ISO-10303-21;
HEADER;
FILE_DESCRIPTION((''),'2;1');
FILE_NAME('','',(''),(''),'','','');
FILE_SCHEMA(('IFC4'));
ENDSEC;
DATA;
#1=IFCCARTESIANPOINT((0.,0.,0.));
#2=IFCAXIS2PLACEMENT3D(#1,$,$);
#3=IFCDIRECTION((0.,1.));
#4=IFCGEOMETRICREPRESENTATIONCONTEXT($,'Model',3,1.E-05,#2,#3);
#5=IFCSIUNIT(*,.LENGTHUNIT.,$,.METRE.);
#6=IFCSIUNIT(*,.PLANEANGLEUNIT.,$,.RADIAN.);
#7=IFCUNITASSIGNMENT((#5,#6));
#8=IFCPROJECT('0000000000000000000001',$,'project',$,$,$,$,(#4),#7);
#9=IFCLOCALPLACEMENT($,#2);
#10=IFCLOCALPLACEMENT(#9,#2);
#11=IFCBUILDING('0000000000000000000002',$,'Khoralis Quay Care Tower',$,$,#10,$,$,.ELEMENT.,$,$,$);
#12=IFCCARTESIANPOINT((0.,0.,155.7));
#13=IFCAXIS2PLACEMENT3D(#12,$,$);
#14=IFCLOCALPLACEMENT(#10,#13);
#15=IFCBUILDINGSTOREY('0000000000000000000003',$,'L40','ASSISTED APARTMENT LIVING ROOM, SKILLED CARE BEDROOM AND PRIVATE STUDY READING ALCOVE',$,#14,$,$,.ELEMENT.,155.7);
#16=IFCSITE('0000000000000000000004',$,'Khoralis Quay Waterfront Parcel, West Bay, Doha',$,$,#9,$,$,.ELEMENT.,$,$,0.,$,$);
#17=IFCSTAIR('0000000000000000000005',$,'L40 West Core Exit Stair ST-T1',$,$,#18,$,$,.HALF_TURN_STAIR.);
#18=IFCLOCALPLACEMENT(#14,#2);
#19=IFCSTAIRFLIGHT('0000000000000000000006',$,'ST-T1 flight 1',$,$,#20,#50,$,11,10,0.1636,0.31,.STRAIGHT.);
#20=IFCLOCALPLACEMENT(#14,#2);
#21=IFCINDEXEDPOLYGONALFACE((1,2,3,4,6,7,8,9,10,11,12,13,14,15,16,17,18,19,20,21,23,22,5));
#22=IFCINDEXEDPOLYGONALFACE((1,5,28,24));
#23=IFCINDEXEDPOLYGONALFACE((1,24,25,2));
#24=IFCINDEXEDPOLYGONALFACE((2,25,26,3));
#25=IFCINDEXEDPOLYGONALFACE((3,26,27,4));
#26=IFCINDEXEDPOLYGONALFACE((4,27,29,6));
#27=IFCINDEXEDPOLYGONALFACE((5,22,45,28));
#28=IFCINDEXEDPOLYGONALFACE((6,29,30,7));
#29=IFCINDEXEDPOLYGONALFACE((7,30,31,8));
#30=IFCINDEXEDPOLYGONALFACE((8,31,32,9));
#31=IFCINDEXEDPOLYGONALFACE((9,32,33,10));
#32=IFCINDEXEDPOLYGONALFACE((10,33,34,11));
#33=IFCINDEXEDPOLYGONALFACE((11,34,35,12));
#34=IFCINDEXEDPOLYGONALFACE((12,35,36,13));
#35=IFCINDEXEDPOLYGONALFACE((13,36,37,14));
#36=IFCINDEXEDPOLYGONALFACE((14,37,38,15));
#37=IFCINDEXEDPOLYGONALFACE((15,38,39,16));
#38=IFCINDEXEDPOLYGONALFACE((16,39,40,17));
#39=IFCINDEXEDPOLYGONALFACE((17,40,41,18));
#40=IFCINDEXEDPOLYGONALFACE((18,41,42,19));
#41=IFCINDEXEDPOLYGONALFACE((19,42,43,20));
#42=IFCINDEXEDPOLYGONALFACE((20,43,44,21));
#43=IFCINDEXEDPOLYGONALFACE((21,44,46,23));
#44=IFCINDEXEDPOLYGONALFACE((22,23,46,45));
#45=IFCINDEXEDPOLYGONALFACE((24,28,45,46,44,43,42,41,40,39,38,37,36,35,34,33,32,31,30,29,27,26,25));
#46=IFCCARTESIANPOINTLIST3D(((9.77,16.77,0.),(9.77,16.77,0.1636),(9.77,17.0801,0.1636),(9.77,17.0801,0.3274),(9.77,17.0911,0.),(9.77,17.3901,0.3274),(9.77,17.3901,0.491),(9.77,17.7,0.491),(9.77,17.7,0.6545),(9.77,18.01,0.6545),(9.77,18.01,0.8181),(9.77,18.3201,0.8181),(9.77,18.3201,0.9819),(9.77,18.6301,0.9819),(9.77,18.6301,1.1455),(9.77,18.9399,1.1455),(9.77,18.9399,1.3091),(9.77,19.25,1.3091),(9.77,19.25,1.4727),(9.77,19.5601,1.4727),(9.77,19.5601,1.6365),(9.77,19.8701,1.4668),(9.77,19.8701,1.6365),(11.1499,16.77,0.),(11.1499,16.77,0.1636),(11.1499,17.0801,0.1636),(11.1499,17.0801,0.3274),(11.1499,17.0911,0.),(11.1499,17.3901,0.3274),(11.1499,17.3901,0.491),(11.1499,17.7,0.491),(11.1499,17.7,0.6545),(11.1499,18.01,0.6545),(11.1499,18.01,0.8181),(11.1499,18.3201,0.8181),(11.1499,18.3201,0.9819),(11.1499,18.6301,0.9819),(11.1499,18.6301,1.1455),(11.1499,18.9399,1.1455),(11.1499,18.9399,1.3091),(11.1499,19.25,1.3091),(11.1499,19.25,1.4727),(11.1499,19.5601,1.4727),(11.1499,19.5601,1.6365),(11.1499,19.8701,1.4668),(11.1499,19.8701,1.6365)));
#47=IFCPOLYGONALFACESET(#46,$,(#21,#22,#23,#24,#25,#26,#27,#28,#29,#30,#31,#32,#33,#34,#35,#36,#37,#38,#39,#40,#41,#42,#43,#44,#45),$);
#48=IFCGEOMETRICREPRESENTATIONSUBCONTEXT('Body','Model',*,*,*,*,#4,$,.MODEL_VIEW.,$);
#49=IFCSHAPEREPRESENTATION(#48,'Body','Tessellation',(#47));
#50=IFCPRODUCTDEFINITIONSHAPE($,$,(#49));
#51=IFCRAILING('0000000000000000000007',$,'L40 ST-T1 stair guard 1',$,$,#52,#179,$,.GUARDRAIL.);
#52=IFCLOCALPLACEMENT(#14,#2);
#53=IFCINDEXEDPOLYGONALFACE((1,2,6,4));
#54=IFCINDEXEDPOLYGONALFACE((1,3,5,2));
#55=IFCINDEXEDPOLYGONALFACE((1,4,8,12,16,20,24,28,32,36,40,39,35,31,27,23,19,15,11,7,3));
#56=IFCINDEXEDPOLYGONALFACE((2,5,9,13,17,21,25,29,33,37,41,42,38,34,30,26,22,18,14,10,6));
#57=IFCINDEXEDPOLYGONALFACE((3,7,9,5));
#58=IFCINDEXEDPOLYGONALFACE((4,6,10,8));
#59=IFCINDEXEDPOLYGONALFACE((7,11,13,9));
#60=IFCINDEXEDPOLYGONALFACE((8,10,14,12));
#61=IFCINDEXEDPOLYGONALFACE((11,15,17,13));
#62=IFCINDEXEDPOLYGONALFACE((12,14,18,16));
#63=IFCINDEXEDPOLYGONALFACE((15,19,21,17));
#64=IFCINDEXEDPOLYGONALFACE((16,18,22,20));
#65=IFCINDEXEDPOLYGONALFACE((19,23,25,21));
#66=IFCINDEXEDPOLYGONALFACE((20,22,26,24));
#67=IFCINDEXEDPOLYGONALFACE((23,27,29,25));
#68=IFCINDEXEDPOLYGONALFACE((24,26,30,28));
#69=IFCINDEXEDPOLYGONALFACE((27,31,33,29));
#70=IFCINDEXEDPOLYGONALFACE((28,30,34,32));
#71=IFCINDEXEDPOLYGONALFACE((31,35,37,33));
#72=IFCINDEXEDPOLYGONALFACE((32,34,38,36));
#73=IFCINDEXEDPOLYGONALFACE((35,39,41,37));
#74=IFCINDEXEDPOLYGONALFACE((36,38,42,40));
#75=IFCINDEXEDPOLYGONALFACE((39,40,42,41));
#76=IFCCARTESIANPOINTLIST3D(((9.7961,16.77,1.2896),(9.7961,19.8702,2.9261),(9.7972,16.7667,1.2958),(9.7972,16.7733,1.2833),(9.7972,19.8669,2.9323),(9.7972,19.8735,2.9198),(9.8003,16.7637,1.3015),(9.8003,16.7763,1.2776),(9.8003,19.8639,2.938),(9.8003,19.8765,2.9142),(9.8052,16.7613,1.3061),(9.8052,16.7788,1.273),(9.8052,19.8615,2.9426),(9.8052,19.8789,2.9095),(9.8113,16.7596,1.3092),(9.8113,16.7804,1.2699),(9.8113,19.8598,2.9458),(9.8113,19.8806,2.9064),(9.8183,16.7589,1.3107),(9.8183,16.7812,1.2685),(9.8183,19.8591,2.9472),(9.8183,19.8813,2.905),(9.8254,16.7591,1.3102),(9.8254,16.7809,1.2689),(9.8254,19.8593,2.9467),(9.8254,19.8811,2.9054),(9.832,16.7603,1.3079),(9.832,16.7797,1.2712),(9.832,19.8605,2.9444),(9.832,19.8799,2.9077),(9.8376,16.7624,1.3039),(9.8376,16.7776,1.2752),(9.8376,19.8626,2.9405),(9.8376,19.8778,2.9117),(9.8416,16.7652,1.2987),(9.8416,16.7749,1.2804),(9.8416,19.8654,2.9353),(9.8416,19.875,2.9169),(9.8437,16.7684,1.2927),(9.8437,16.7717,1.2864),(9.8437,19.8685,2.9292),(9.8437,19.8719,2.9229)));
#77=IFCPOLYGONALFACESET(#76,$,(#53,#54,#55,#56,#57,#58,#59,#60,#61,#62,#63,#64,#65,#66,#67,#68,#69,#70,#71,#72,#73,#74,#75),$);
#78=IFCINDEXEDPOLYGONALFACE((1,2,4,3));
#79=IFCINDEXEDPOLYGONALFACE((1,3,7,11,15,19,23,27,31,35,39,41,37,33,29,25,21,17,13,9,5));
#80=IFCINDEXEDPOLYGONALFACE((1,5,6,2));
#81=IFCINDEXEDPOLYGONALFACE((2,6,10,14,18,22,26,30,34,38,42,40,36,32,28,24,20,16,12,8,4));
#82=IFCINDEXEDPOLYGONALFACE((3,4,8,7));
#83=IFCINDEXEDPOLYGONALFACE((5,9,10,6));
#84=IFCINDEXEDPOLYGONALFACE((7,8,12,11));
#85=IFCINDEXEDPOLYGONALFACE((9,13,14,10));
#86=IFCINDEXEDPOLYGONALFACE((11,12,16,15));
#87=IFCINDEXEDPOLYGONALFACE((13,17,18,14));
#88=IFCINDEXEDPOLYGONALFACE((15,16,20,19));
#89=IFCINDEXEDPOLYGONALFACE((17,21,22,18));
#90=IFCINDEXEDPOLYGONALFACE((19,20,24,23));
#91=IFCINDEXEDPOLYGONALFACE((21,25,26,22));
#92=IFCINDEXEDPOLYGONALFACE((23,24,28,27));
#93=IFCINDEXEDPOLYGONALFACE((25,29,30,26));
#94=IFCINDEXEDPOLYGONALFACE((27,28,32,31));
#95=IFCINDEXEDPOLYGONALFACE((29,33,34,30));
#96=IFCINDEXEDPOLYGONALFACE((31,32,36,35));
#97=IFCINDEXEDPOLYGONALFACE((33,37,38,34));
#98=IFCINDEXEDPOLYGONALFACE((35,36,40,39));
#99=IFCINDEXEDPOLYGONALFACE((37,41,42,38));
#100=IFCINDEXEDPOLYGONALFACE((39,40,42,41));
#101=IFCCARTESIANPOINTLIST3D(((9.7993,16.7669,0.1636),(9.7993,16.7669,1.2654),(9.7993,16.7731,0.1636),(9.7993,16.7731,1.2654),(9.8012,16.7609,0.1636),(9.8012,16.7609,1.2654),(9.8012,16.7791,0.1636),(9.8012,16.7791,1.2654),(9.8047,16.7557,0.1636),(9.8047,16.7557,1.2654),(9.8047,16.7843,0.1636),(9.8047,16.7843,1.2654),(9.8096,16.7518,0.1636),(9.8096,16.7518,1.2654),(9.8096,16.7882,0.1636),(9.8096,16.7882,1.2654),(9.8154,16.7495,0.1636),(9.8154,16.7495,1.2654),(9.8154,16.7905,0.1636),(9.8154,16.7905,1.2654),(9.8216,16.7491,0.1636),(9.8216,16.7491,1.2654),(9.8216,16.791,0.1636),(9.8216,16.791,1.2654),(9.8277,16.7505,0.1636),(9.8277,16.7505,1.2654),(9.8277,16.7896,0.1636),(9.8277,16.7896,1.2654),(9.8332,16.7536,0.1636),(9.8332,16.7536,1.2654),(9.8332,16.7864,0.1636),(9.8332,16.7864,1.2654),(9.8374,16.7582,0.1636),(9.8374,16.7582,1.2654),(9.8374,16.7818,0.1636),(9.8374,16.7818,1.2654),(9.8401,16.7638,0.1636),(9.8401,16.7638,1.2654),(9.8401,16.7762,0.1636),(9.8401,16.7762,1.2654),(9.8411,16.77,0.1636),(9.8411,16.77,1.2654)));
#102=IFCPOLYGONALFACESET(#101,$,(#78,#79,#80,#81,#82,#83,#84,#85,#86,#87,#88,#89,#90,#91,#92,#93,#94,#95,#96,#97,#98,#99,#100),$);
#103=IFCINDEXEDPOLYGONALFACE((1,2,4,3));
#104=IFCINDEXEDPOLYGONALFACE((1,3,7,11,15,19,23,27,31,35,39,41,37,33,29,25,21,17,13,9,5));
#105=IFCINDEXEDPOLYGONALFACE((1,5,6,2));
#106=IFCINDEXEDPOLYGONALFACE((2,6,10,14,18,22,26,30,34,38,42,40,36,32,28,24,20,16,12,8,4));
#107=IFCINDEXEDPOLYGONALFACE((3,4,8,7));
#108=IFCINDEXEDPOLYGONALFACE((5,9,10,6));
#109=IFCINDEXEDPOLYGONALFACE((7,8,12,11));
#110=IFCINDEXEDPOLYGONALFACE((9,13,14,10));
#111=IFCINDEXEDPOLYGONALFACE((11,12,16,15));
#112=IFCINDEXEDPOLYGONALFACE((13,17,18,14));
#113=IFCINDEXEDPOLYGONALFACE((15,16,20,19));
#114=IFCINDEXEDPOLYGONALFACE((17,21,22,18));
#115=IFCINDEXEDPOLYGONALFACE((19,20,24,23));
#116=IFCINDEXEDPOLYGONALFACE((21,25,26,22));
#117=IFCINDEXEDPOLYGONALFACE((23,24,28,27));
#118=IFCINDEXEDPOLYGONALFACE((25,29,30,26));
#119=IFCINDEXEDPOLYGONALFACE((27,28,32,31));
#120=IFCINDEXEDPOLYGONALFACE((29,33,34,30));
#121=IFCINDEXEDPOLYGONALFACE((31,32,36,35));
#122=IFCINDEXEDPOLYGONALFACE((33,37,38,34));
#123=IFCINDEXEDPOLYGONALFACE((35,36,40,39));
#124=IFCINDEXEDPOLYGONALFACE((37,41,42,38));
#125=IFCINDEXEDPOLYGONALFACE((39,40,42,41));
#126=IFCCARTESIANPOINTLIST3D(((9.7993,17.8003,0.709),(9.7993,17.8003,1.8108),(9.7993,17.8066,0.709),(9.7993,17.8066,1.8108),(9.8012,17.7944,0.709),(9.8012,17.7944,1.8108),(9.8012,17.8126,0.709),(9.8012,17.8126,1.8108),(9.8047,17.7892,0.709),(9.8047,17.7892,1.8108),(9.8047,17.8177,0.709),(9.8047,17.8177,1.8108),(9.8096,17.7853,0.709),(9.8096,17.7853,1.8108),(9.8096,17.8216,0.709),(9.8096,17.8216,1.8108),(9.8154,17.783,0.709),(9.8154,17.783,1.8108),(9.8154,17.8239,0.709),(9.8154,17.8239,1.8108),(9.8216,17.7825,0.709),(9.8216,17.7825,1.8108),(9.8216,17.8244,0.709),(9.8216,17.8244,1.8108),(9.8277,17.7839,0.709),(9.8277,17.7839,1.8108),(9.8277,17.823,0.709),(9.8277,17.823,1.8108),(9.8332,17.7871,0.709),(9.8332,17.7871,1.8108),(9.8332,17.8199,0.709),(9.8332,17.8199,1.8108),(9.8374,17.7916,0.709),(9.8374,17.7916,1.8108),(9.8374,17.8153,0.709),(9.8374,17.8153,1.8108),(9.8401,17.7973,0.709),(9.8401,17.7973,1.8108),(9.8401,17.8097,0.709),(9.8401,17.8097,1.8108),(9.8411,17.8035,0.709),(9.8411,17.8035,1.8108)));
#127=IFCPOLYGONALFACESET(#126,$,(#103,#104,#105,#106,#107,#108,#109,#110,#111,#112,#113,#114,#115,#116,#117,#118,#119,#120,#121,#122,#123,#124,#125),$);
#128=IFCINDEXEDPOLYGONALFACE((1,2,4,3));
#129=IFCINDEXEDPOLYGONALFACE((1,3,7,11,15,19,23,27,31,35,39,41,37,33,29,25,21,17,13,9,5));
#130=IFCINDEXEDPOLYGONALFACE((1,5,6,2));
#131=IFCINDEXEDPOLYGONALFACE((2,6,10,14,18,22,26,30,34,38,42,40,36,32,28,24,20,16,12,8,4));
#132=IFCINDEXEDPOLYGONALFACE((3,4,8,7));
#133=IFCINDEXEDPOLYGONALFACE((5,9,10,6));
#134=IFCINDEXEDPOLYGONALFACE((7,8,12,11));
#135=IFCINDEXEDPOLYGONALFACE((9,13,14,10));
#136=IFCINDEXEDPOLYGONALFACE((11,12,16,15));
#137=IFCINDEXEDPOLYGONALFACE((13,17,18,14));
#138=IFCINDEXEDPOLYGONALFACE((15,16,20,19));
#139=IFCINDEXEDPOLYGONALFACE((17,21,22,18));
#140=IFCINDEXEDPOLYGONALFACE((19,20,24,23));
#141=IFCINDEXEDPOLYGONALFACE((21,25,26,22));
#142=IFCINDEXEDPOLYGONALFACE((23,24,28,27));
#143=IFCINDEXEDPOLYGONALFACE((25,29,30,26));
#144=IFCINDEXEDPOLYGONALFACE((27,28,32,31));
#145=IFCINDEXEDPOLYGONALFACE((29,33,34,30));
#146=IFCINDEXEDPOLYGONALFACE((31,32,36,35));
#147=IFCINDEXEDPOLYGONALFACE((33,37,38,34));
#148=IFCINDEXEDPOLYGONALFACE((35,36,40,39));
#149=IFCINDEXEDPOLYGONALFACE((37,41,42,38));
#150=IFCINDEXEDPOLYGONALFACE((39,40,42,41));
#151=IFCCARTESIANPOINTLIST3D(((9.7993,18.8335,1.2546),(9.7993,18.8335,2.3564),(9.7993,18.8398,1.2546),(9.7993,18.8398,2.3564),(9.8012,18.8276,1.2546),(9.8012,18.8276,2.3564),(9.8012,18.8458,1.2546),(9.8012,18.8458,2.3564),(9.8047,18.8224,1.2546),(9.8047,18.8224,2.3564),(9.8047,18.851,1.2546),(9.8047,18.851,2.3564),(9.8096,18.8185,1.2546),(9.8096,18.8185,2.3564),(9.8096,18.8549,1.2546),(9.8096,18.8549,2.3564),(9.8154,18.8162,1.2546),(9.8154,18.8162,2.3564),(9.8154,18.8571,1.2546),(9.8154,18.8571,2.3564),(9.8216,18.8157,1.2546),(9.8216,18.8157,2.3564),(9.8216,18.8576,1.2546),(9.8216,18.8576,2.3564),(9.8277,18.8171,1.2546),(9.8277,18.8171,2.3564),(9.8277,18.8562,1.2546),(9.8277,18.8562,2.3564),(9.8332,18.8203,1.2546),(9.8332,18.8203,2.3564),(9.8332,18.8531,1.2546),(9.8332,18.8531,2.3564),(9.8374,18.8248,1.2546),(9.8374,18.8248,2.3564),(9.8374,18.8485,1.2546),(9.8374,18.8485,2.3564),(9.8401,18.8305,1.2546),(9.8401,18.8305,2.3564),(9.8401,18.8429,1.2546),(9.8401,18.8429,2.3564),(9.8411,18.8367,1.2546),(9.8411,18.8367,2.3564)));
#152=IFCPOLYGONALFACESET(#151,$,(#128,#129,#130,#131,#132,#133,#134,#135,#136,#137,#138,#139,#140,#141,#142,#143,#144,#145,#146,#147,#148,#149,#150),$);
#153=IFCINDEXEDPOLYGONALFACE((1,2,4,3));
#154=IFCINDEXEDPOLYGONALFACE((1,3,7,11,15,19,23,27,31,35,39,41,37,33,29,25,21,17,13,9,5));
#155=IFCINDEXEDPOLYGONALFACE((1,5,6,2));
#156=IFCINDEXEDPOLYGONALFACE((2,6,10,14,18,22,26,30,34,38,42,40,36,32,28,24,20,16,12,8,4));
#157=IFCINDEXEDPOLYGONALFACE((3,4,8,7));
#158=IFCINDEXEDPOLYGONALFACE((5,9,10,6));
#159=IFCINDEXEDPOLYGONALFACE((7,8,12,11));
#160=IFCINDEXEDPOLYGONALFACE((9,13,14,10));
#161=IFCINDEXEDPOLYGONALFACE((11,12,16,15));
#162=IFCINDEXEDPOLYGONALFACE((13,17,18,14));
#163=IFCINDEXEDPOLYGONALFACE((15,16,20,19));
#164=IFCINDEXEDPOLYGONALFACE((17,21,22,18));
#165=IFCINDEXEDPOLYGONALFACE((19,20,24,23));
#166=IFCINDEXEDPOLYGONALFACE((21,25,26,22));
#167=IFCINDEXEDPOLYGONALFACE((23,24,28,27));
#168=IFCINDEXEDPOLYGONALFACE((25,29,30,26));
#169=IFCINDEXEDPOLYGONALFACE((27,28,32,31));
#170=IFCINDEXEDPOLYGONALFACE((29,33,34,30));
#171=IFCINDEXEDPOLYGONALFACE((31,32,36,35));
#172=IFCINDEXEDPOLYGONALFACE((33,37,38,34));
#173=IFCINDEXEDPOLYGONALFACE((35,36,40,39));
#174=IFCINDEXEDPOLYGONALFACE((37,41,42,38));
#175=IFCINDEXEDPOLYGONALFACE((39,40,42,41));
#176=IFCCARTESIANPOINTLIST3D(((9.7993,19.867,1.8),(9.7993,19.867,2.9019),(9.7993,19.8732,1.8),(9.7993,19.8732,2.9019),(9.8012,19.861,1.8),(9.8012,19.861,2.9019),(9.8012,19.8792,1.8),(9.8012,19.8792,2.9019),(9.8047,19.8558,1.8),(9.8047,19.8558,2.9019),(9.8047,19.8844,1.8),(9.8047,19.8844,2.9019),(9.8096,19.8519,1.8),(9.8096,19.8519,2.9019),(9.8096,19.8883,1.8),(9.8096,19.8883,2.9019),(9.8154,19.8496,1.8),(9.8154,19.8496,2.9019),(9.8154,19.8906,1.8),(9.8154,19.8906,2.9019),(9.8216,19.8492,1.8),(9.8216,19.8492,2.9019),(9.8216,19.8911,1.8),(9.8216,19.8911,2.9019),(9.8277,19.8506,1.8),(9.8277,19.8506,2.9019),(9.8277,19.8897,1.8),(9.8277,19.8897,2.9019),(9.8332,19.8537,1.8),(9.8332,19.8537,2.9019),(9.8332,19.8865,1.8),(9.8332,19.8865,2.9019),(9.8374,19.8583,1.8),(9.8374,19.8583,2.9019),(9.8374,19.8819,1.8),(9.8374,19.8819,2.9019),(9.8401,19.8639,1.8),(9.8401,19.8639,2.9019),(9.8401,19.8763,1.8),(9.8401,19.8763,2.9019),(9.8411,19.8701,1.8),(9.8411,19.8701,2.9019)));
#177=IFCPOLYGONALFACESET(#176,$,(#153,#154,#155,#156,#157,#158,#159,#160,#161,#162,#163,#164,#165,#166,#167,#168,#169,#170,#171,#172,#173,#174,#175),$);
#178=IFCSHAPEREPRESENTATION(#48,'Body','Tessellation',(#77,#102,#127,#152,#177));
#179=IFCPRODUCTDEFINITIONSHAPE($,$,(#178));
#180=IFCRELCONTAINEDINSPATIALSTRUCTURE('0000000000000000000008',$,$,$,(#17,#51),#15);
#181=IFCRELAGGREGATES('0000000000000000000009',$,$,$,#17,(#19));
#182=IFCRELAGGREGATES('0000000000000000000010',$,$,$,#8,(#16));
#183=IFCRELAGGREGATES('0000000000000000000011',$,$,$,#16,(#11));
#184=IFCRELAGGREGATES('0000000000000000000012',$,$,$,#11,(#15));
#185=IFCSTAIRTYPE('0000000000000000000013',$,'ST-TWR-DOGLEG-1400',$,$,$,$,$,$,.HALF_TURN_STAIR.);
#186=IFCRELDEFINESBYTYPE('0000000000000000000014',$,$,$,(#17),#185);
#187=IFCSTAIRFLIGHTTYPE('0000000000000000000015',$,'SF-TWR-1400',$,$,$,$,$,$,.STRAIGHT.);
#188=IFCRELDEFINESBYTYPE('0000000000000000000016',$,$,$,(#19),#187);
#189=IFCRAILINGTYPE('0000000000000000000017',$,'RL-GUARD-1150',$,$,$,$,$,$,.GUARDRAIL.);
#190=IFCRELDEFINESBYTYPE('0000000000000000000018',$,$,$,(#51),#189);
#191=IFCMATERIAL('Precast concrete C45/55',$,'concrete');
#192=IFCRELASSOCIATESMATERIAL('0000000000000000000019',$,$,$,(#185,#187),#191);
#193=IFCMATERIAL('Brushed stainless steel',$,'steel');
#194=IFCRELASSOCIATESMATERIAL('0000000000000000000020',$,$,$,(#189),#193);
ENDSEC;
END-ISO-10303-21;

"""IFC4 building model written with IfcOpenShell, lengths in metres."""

from ifc_helpers import new_model, si_unit, direction, frame, origin, origin_2d, place, context, subcontext, project, spatial, polyline, circle, outline, extrude, source, transform, mapped, material, type_object, element, aggregate, save


model = new_model("IFC4")

# Units and contexts
model_context = context("Model", 3, precision=1e-05, world=origin(), true_north=direction((0.0, 1.0)))
body_context = subcontext(model_context, "Body", "Model", "MODEL_VIEW")
ifc_project = project(units=[si_unit("LENGTHUNIT", "METRE"), si_unit("PLANEANGLEUNIT", "RADIAN")], contexts=[model_context])

# Site, building, storey
site_placement = place(None, origin())
site = spatial("IfcSite", under=ifc_project, at=site_placement, Name="Khoralis Quay Waterfront Parcel, West Bay, Doha", CompositionType="ELEMENT", RefElevation=0.0)
building_placement = place(site_placement, origin())
building = spatial("IfcBuilding", under=site, at=building_placement, Name="Khoralis Quay Care Tower", CompositionType="ELEMENT")
storey_placement = place(building_placement, frame((0.0, 0.0, 155.7)))
storey = spatial("IfcBuildingStorey", under=building, at=storey_placement, Name="L40", Description="ASSISTED APARTMENT LIVING ROOM, SKILLED CARE BEDROOM AND PRIVATE STUDY READING ALCOVE", CompositionType="ELEMENT", Elevation=155.7)

# Shared definitions
ifc_material_1 = material(Name="Brushed stainless steel", Category="steel")

# Shared definitions
ifc_material_2 = material(Name="Precast concrete C45/55", Category="concrete")

# Stair, stair flight
stair_type = type_object("IfcStairType", Name="ST-TWR-DOGLEG-1400", PredefinedType="HALF_TURN_STAIR", material=ifc_material_2)
stair_placement = place(storey_placement, origin())
stair = element("IfcStair", 1, at=stair_placement, inside=storey, type_object=stair_type, Name="L40 West Core Exit Stair ST-T1", PredefinedType="HALF_TURN_STAIR")
stair_flight_type = type_object("IfcStairFlightType", Name="SF-TWR-1400", PredefinedType="STRAIGHT", material=ifc_material_2)
shared_shape_1 = source(origin(), body_context, "Body", "SweptSolid", [
    extrude(outline(polyline([(0.0, 0.0), (0.0, 0.1636), (0.3101, 0.1636), (0.3101, 0.3274), (0.6201, 0.3274), (0.6201, 0.491), (0.9299, 0.491), (0.9299, 0.6545), (1.24, 0.6545), (1.24, 0.8181), (1.55, 0.8181), (1.55, 0.9819), (1.8601, 0.9819), (1.8601, 1.1455), (2.1699, 1.1455), (2.1699, 1.3091), (2.48, 1.3091), (2.48, 1.4727), (2.79, 1.4727), (2.79, 1.6365), (3.1001, 1.6365), (3.1001, 1.8), (3.1001, 1.4668), (0.321, 0.0), (0.0, 0.0)])), frame((0.0, 0.6899, 0.0), z_axis=(0.0, -1.0, 0.0), x_axis=(1.0, 0.0, 0.0)), (0.0, 0.0, 1.0), 1.3799),
])
stair_flight_placement = place(storey_placement, frame((10.46, 16.77, 0.0), z_axis=(0.0, 0.0, 1.0), x_axis=(0.0, 1.0, 0.0)))
stair_flight = element("IfcStairFlight", 2, at=stair_flight_placement, type_object=stair_flight_type, Name="ST-T1 flight 1", NumberOfRisers=11, NumberOfTreads=10, PredefinedType="STRAIGHT", RiserHeight=0.1636, TreadLength=0.31, context=body_context, shape_type="MappedRepresentation", body=[
    mapped(shared_shape_1, transform((0.0, 0.0, 0.0), scale=1.0)),
])
aggregate(stair, [stair_flight])

# Railing
railing_type_1 = type_object("IfcRailingType", Name="RL-GUARD-1150", PredefinedType="GUARDRAIL", material=ifc_material_1)
railing_1_placement = place(storey_placement, frame((9.8201, 16.77, 0.1636)))
element("IfcRailing", 3, at=railing_1_placement, inside=storey, type_object=railing_type_1, Name="L40 ST-T1 stair guard 1", PredefinedType="GUARDRAIL", context=body_context, shape_type="SweptSolid", body=[
    extrude(circle(Radius=0.0239, at=origin_2d()), frame((0.0, 0.0, 1.126), z_axis=(0.0, 0.884348, 0.466828), x_axis=(-1.0, 0.0, 0.0)), (0.0, 0.0, 1.0), 3.5056),
    extrude(circle(Radius=0.021, at=origin_2d()), origin(), (0.0, 0.0, 1.0), 1.1018),
    extrude(circle(Radius=0.021, at=origin_2d()), frame((0.0, 1.0334, 0.5454)), (0.0, 0.0, 1.0), 1.1018),
    extrude(circle(Radius=0.021, at=origin_2d()), frame((0.0, 2.0667, 1.0911)), (0.0, 0.0, 1.0), 1.1018),
    extrude(circle(Radius=0.021, at=origin_2d()), frame((0.0, 3.1001, 1.6365)), (0.0, 0.0, 1.0), 1.1018),
])

save(model, "model.ifc")
